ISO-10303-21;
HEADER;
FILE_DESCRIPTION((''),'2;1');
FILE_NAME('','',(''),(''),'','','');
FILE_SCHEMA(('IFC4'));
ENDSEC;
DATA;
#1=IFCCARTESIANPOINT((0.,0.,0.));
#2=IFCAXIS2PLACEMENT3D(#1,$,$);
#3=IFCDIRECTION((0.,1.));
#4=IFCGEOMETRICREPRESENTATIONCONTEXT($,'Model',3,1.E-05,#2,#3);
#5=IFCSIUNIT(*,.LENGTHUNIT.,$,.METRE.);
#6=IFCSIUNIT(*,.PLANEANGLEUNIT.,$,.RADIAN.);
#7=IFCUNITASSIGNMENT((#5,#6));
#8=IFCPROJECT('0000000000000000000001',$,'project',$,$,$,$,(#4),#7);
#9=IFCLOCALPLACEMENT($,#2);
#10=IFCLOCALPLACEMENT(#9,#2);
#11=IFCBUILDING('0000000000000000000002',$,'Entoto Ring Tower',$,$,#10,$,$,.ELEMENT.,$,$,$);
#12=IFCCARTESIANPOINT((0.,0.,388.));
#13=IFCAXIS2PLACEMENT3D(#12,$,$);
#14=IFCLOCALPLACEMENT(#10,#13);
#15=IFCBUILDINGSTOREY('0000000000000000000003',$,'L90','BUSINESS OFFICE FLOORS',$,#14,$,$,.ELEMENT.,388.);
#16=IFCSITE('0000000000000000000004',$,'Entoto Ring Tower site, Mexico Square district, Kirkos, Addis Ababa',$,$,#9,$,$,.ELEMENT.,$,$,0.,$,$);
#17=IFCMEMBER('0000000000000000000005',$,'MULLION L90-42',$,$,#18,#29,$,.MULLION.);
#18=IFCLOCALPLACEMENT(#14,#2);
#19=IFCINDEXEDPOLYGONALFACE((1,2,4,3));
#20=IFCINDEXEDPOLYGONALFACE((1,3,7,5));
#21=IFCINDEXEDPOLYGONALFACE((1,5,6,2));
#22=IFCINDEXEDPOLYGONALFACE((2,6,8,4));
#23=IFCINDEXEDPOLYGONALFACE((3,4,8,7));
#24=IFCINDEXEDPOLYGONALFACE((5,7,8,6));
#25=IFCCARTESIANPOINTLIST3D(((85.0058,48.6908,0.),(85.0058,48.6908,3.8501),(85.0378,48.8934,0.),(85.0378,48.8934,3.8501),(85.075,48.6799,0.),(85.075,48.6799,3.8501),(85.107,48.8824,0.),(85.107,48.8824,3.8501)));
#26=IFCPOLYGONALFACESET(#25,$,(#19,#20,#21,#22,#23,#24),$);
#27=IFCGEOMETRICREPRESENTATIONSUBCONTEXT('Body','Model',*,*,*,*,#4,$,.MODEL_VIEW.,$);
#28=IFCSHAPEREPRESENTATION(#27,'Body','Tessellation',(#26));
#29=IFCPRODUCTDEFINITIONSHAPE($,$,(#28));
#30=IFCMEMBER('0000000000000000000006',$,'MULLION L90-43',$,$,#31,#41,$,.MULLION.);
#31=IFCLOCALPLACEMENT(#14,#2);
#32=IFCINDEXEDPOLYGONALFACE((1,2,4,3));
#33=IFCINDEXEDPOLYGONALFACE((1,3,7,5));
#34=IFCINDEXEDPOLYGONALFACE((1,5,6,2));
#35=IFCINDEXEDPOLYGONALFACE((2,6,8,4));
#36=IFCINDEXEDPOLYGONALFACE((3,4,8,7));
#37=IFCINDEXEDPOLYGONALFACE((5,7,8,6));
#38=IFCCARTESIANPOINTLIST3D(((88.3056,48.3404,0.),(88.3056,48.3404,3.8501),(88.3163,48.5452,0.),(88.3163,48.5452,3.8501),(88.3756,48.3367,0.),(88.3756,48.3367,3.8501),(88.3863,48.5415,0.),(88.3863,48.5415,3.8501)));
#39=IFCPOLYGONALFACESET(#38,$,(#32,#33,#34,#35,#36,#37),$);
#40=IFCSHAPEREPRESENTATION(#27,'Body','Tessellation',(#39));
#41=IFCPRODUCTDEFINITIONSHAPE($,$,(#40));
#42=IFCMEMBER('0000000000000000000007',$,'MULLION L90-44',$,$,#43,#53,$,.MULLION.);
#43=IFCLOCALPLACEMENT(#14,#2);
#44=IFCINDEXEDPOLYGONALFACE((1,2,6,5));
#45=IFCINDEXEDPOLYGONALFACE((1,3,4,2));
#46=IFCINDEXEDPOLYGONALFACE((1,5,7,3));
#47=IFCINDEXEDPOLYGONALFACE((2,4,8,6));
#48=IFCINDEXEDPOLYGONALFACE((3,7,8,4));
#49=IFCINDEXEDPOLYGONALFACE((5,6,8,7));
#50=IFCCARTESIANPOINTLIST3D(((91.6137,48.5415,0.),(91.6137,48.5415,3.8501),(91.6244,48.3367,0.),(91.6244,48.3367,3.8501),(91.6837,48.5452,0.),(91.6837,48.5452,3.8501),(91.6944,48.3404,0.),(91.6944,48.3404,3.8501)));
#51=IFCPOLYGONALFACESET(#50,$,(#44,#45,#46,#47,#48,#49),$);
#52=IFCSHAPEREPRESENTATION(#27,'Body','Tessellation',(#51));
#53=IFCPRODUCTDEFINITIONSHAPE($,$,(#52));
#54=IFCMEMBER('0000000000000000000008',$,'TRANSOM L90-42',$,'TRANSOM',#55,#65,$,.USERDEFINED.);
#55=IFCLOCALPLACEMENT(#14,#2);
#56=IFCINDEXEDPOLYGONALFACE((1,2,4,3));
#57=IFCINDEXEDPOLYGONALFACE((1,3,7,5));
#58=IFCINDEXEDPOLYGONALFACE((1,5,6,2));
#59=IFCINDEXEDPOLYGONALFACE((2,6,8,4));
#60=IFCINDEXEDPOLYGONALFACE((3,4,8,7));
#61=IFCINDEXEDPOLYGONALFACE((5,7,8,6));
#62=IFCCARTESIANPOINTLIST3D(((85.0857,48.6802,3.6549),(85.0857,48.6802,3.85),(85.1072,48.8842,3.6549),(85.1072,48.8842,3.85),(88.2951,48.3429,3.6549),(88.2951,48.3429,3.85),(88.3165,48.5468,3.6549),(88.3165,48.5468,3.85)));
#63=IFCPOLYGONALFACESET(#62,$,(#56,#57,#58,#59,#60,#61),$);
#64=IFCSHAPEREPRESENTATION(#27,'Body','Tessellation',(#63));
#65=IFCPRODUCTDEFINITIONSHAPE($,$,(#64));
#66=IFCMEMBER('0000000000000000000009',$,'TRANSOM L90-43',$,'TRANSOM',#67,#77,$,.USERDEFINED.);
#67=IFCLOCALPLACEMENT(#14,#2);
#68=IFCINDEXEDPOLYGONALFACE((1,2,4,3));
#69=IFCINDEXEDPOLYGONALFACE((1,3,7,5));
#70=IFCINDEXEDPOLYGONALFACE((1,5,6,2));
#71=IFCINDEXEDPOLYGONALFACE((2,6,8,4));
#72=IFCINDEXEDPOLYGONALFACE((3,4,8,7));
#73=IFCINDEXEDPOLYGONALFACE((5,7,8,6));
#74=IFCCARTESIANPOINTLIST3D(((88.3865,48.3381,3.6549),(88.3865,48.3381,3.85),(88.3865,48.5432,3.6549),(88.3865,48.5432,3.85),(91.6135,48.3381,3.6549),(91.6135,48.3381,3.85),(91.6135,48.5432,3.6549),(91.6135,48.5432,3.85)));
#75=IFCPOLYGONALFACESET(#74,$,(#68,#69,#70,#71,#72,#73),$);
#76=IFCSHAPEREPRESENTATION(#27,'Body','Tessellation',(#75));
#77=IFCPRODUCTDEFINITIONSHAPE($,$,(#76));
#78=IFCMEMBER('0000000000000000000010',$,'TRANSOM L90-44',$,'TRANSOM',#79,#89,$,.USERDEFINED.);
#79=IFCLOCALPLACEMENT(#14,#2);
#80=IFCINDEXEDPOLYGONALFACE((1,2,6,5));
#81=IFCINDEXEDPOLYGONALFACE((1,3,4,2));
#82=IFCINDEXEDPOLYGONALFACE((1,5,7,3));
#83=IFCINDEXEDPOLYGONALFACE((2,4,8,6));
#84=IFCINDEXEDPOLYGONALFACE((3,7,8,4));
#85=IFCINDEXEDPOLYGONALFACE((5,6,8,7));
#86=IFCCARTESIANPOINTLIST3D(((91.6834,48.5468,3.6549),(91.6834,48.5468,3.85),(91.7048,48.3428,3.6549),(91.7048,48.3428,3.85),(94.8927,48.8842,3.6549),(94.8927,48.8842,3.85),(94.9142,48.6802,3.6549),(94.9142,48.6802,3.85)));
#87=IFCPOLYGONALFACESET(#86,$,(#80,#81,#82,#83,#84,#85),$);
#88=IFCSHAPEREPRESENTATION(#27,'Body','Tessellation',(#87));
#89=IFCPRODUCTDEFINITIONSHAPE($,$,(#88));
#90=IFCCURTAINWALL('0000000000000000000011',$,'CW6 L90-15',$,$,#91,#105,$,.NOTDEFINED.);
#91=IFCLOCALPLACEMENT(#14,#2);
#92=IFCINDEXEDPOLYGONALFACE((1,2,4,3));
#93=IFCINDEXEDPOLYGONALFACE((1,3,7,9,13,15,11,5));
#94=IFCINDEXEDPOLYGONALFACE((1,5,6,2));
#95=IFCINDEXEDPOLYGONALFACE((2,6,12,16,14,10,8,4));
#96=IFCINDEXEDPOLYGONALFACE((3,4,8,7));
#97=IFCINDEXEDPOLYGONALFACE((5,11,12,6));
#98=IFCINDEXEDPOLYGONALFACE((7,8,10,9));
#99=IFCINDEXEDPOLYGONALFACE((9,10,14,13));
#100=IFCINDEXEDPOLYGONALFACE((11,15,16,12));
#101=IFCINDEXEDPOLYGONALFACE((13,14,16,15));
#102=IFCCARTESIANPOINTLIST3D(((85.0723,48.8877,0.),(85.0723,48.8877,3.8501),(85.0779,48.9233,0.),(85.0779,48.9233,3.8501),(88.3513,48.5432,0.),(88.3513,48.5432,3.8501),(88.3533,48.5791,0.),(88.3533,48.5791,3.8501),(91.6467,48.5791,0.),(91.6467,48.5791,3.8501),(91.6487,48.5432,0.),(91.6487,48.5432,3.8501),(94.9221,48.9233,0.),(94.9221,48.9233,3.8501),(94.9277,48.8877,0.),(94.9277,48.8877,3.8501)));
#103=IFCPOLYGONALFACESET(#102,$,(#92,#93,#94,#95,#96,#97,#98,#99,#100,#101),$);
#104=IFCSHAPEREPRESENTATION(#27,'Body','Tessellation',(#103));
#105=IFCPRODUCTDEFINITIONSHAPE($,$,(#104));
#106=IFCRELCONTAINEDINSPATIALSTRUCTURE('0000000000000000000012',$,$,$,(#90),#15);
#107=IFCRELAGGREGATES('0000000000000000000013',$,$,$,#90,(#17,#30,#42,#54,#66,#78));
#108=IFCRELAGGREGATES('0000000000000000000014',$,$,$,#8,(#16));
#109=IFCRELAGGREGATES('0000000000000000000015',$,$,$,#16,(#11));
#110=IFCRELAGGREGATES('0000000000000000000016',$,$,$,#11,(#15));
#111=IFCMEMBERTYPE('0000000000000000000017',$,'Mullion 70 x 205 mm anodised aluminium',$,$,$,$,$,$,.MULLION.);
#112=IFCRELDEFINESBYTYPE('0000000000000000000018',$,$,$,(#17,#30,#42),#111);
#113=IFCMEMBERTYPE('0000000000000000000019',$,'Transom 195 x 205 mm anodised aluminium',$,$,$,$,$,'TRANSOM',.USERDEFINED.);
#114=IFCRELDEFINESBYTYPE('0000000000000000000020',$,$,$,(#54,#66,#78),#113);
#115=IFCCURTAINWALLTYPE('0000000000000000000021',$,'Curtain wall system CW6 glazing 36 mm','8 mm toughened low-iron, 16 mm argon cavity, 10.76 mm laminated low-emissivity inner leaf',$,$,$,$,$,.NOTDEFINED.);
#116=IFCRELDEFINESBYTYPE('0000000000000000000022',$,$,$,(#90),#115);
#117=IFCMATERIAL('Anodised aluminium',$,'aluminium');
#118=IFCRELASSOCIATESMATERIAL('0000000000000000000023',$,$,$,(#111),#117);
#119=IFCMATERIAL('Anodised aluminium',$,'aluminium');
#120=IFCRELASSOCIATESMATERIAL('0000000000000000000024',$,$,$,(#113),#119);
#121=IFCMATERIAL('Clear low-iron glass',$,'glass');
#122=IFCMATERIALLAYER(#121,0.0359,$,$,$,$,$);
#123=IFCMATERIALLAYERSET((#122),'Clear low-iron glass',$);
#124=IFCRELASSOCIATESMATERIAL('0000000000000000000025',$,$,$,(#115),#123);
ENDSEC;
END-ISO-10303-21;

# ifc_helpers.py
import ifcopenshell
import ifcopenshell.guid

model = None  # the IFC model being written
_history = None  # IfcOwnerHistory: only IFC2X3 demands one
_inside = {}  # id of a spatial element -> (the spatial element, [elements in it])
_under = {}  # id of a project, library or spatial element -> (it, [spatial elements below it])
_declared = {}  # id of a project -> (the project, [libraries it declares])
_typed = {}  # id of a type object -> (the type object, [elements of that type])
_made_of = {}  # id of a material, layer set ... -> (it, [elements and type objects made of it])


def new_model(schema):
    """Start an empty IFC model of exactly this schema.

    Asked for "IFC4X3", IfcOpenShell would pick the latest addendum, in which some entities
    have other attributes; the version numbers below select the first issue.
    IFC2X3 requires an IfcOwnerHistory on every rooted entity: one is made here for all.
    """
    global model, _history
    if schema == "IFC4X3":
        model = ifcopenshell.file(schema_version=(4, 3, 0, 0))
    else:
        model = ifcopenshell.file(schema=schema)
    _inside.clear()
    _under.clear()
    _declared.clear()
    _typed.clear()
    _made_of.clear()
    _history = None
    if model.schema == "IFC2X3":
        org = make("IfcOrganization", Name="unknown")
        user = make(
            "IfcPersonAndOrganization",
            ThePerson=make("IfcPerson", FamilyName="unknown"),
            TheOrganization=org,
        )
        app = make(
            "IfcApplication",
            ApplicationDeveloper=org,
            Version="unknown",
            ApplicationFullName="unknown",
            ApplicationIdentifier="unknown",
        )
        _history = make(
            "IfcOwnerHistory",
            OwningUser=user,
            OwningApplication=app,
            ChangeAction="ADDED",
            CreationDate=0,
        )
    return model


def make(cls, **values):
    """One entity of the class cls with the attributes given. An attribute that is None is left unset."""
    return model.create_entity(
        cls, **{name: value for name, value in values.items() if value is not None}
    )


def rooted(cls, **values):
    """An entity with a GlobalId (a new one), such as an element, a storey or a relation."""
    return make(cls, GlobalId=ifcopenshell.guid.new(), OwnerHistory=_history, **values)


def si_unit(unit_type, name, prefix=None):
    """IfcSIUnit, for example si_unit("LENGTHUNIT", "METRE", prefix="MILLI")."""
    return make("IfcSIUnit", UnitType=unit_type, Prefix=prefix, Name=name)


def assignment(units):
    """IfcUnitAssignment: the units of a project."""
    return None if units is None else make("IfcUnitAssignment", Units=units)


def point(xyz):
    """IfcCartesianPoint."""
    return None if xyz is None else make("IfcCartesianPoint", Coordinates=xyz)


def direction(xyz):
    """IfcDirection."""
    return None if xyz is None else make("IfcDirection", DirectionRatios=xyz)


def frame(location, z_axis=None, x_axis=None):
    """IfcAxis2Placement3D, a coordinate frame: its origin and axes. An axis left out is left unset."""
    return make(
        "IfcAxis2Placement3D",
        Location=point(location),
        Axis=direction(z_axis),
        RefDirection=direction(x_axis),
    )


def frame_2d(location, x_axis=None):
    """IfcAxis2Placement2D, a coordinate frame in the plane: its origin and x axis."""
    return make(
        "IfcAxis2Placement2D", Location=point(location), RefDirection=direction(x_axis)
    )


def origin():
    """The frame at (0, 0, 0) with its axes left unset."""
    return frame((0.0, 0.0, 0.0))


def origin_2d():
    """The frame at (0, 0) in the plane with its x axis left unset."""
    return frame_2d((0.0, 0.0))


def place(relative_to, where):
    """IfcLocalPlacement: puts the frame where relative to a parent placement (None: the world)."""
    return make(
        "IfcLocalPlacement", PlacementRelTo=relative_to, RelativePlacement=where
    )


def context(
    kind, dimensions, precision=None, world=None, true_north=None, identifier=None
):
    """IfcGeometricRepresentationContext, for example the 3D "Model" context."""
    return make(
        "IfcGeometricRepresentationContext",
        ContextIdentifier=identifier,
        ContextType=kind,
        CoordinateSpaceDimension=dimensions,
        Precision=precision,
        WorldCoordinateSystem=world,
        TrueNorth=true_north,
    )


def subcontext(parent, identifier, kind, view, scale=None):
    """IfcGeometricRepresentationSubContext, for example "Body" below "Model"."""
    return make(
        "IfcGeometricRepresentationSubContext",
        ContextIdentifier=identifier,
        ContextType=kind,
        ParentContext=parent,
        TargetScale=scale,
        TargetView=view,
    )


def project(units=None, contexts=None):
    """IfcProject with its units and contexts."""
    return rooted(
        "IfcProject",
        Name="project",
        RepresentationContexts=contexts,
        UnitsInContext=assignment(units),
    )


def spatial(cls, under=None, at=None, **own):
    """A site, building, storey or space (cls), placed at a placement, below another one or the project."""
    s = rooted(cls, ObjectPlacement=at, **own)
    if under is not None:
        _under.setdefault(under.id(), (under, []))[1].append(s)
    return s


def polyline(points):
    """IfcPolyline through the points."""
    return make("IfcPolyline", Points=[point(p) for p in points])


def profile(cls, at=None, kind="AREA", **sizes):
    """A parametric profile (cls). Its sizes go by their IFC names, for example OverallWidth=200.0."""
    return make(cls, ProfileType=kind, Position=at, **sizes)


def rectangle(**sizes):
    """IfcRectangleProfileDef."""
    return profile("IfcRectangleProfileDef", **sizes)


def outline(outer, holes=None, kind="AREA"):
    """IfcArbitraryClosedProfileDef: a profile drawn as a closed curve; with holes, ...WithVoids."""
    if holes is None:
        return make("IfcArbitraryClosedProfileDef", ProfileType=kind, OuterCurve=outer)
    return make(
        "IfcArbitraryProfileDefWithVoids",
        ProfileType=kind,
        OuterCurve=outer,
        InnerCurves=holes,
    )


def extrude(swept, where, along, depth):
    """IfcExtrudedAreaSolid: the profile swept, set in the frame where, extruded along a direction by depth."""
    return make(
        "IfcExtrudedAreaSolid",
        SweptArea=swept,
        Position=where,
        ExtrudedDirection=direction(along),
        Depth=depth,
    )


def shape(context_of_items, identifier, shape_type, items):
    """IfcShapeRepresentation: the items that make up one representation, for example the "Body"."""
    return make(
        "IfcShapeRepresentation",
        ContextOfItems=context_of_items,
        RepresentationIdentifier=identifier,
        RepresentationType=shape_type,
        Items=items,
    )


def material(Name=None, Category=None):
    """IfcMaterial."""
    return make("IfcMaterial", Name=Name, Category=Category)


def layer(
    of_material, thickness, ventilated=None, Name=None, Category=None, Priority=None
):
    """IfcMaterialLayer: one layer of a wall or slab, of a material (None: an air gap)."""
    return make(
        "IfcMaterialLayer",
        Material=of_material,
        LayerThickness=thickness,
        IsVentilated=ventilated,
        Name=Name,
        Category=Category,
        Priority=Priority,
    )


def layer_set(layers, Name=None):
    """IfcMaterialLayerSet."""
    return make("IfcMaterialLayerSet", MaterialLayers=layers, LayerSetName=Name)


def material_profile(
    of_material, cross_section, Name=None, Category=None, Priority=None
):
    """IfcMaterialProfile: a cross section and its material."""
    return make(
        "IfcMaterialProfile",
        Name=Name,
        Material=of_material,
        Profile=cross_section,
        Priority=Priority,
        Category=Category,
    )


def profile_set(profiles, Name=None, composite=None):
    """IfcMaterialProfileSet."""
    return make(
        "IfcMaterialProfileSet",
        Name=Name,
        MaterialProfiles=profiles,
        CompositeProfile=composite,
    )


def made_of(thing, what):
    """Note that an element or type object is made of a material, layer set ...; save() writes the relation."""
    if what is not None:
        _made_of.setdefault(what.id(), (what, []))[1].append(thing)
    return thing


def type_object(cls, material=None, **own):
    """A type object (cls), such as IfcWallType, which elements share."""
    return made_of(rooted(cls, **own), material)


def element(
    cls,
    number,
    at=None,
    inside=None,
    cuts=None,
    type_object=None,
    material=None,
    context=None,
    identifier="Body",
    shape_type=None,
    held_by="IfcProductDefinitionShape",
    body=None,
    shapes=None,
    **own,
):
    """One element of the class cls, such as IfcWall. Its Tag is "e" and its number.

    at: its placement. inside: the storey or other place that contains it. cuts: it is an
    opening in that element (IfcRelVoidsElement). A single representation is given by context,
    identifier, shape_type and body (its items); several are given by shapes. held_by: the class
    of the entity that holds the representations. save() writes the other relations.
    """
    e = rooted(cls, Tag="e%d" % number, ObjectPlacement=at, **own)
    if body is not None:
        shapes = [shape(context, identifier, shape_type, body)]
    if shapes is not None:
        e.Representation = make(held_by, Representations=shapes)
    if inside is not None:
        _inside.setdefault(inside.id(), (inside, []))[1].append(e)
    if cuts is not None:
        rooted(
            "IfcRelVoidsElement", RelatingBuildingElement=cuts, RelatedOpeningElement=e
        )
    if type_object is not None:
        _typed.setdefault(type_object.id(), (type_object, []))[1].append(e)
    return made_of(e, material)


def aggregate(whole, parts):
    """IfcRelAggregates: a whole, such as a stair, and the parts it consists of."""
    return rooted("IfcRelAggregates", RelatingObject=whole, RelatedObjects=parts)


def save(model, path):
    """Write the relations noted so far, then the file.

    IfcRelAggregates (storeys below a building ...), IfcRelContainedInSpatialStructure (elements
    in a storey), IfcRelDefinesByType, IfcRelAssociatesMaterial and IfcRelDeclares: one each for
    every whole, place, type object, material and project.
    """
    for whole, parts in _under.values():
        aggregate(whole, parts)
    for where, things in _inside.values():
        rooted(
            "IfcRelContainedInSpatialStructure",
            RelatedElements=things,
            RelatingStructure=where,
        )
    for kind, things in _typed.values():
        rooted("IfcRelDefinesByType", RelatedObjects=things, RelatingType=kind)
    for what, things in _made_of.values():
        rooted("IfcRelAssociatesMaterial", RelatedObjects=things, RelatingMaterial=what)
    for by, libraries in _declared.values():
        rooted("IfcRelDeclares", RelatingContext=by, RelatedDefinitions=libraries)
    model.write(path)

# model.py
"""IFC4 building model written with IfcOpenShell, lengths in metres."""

from ifc_helpers import new_model, si_unit, direction, frame, origin, origin_2d, place, context, subcontext, project, spatial, polyline, rectangle, outline, extrude, material, layer, layer_set, material_profile, profile_set, type_object, element, aggregate, save


model = new_model("IFC4")

# Units and contexts
model_context = context("Model", 3, precision=1e-05, world=origin(), true_north=direction((0.0, 1.0)))
body_context = subcontext(model_context, "Body", "Model", "MODEL_VIEW")
ifc_project = project(units=[si_unit("LENGTHUNIT", "METRE"), si_unit("PLANEANGLEUNIT", "RADIAN")], contexts=[model_context])

# Members
ifc_material_1 = material(Name="Anodised aluminium", Category="aluminium")
ifc_material_profile_1 = material_profile(ifc_material_1, rectangle(XDim=0.0701, YDim=0.2051, at=origin_2d()), Name="Mullion 70 x 205 mm anodised aluminium")
ifc_profile_set_1 = profile_set([ifc_material_profile_1], Name="Anodised aluminium")
member_type_1 = type_object("IfcMemberType", Name="Mullion 70 x 205 mm anodised aluminium", PredefinedType="MULLION", material=ifc_profile_set_1)
site_placement = place(None, origin())
building_placement = place(site_placement, origin())
storey_placement = place(building_placement, frame((0.0, 0.0, 388.0)))
member_1_placement = place(storey_placement, frame((85.0564, 48.7866, 0.0), z_axis=(0.0, 0.0, 1.0), x_axis=(0.987688, -0.156434, 0.0)))
member_1 = element("IfcMember", 1, at=member_1_placement, type_object=member_type_1, Name="MULLION L90-42", PredefinedType="MULLION", context=body_context, shape_type="SweptSolid", body=[
    extrude(rectangle(XDim=0.0701, YDim=0.2051, at=origin_2d()), origin(), (0.0, 0.0, 1.0), 3.8501),
])
member_2_placement = place(storey_placement, frame((88.3459, 48.4409, 0.0), z_axis=(0.0, 0.0, 1.0), x_axis=(0.99863, -0.052336, 0.0)))
member_2 = element("IfcMember", 2, at=member_2_placement, type_object=member_type_1, Name="MULLION L90-43", PredefinedType="MULLION", context=body_context, shape_type="SweptSolid", body=[
    extrude(rectangle(XDim=0.0701, YDim=0.2051, at=origin_2d()), origin(), (0.0, 0.0, 1.0), 3.8501),
])
member_3_placement = place(storey_placement, frame((91.6541, 48.4409, 0.0), z_axis=(0.0, 0.0, 1.0), x_axis=(0.99863, 0.052336, 0.0)))
member_3 = element("IfcMember", 3, at=member_3_placement, type_object=member_type_1, Name="MULLION L90-44", PredefinedType="MULLION", context=body_context, shape_type="SweptSolid", body=[
    extrude(rectangle(XDim=0.0701, YDim=0.2051, at=origin_2d()), origin(), (0.0, 0.0, 1.0), 3.8501),
])
ifc_material_2 = material(Name="Anodised aluminium", Category="aluminium")
ifc_material_profile_2 = material_profile(ifc_material_2, rectangle(XDim=0.2051, YDim=0.1951, at=origin_2d()), Name="Transom 195 x 205 mm anodised aluminium")
ifc_profile_set_2 = profile_set([ifc_material_profile_2], Name="Anodised aluminium")
member_type_2 = type_object("IfcMemberType", Name="Transom 195 x 205 mm anodised aluminium", ElementType="TRANSOM", PredefinedType="USERDEFINED", material=ifc_profile_set_2)
member_4_placement = place(storey_placement, frame((85.0964, 48.7822, 3.7524), z_axis=(0.99452, -0.104551, 0.0), x_axis=(0.104551, 0.99452, 0.0)))
member_4 = element("IfcMember", 4, at=member_4_placement, type_object=member_type_2, Name="TRANSOM L90-42", ObjectType="TRANSOM", PredefinedType="USERDEFINED", context=body_context, shape_type="SweptSolid", body=[
    extrude(rectangle(XDim=0.2051, YDim=0.1951, at=origin_2d()), origin(), (0.0, 0.0, 1.0), 3.2271),
])
member_5_placement = place(storey_placement, frame((88.3865, 48.4407, 3.7524), z_axis=(1.0, 0.0, 0.0), x_axis=(0.0, 1.0, 0.0)))
member_5 = element("IfcMember", 5, at=member_5_placement, type_object=member_type_2, Name="TRANSOM L90-43", ObjectType="TRANSOM", PredefinedType="USERDEFINED", context=body_context, shape_type="SweptSolid", body=[
    extrude(rectangle(XDim=0.2051, YDim=0.1951, at=origin_2d()), origin(), (0.0, 0.0, 1.0), 3.2271),
])
member_6_placement = place(storey_placement, frame((91.6941, 48.4448, 3.7524), z_axis=(0.99452, 0.104551, 0.0), x_axis=(-0.104551, 0.99452, 0.0)))
member_6 = element("IfcMember", 6, at=member_6_placement, type_object=member_type_2, Name="TRANSOM L90-44", ObjectType="TRANSOM", PredefinedType="USERDEFINED", context=body_context, shape_type="SweptSolid", body=[
    extrude(rectangle(XDim=0.2051, YDim=0.1951, at=origin_2d()), origin(), (0.0, 0.0, 1.0), 3.2271),
])

# Site, building, storey
site = spatial("IfcSite", under=ifc_project, at=site_placement, Name="Entoto Ring Tower site, Mexico Square district, Kirkos, Addis Ababa", CompositionType="ELEMENT", RefElevation=0.0)
building = spatial("IfcBuilding", under=site, at=building_placement, Name="Entoto Ring Tower", CompositionType="ELEMENT")
storey = spatial("IfcBuildingStorey", under=building, at=storey_placement, Name="L90", Description="BUSINESS OFFICE FLOORS", CompositionType="ELEMENT", Elevation=388.0)

# Curtain wall
ifc_material_3 = material(Name="Clear low-iron glass", Category="glass")
ifc_layer_1 = layer(ifc_material_3, 0.0359)
ifc_layer_set_1 = layer_set([ifc_layer_1], Name="Clear low-iron glass")
curtain_wall_type = type_object("IfcCurtainWallType", Name="Curtain wall system CW6 glazing 36 mm", Description="8 mm toughened low-iron, 16 mm argon cavity, 10.76 mm laminated low-emissivity inner leaf", PredefinedType="NOTDEFINED", material=ifc_layer_set_1)
curtain_wall_1_placement = place(storey_placement, origin())
curtain_wall_1 = element("IfcCurtainWall", 7, at=curtain_wall_1_placement, inside=storey, type_object=curtain_wall_type, Name="CW6 L90-15", PredefinedType="NOTDEFINED", context=body_context, shape_type="SweptSolid", body=[
    extrude(outline(polyline([(85.0723, 48.8877), (88.3513, 48.5432), (91.6487, 48.5432), (94.9277, 48.8877), (94.9221, 48.9233), (91.6467, 48.5791), (88.3533, 48.5791), (85.0779, 48.9233), (85.0723, 48.8877)])), origin(), (0.0, 0.0, 1.0), 3.8501),
])
aggregate(curtain_wall_1, [member_1, member_2, member_3, member_4, member_5, member_6])

save(model, "model.ifc")
